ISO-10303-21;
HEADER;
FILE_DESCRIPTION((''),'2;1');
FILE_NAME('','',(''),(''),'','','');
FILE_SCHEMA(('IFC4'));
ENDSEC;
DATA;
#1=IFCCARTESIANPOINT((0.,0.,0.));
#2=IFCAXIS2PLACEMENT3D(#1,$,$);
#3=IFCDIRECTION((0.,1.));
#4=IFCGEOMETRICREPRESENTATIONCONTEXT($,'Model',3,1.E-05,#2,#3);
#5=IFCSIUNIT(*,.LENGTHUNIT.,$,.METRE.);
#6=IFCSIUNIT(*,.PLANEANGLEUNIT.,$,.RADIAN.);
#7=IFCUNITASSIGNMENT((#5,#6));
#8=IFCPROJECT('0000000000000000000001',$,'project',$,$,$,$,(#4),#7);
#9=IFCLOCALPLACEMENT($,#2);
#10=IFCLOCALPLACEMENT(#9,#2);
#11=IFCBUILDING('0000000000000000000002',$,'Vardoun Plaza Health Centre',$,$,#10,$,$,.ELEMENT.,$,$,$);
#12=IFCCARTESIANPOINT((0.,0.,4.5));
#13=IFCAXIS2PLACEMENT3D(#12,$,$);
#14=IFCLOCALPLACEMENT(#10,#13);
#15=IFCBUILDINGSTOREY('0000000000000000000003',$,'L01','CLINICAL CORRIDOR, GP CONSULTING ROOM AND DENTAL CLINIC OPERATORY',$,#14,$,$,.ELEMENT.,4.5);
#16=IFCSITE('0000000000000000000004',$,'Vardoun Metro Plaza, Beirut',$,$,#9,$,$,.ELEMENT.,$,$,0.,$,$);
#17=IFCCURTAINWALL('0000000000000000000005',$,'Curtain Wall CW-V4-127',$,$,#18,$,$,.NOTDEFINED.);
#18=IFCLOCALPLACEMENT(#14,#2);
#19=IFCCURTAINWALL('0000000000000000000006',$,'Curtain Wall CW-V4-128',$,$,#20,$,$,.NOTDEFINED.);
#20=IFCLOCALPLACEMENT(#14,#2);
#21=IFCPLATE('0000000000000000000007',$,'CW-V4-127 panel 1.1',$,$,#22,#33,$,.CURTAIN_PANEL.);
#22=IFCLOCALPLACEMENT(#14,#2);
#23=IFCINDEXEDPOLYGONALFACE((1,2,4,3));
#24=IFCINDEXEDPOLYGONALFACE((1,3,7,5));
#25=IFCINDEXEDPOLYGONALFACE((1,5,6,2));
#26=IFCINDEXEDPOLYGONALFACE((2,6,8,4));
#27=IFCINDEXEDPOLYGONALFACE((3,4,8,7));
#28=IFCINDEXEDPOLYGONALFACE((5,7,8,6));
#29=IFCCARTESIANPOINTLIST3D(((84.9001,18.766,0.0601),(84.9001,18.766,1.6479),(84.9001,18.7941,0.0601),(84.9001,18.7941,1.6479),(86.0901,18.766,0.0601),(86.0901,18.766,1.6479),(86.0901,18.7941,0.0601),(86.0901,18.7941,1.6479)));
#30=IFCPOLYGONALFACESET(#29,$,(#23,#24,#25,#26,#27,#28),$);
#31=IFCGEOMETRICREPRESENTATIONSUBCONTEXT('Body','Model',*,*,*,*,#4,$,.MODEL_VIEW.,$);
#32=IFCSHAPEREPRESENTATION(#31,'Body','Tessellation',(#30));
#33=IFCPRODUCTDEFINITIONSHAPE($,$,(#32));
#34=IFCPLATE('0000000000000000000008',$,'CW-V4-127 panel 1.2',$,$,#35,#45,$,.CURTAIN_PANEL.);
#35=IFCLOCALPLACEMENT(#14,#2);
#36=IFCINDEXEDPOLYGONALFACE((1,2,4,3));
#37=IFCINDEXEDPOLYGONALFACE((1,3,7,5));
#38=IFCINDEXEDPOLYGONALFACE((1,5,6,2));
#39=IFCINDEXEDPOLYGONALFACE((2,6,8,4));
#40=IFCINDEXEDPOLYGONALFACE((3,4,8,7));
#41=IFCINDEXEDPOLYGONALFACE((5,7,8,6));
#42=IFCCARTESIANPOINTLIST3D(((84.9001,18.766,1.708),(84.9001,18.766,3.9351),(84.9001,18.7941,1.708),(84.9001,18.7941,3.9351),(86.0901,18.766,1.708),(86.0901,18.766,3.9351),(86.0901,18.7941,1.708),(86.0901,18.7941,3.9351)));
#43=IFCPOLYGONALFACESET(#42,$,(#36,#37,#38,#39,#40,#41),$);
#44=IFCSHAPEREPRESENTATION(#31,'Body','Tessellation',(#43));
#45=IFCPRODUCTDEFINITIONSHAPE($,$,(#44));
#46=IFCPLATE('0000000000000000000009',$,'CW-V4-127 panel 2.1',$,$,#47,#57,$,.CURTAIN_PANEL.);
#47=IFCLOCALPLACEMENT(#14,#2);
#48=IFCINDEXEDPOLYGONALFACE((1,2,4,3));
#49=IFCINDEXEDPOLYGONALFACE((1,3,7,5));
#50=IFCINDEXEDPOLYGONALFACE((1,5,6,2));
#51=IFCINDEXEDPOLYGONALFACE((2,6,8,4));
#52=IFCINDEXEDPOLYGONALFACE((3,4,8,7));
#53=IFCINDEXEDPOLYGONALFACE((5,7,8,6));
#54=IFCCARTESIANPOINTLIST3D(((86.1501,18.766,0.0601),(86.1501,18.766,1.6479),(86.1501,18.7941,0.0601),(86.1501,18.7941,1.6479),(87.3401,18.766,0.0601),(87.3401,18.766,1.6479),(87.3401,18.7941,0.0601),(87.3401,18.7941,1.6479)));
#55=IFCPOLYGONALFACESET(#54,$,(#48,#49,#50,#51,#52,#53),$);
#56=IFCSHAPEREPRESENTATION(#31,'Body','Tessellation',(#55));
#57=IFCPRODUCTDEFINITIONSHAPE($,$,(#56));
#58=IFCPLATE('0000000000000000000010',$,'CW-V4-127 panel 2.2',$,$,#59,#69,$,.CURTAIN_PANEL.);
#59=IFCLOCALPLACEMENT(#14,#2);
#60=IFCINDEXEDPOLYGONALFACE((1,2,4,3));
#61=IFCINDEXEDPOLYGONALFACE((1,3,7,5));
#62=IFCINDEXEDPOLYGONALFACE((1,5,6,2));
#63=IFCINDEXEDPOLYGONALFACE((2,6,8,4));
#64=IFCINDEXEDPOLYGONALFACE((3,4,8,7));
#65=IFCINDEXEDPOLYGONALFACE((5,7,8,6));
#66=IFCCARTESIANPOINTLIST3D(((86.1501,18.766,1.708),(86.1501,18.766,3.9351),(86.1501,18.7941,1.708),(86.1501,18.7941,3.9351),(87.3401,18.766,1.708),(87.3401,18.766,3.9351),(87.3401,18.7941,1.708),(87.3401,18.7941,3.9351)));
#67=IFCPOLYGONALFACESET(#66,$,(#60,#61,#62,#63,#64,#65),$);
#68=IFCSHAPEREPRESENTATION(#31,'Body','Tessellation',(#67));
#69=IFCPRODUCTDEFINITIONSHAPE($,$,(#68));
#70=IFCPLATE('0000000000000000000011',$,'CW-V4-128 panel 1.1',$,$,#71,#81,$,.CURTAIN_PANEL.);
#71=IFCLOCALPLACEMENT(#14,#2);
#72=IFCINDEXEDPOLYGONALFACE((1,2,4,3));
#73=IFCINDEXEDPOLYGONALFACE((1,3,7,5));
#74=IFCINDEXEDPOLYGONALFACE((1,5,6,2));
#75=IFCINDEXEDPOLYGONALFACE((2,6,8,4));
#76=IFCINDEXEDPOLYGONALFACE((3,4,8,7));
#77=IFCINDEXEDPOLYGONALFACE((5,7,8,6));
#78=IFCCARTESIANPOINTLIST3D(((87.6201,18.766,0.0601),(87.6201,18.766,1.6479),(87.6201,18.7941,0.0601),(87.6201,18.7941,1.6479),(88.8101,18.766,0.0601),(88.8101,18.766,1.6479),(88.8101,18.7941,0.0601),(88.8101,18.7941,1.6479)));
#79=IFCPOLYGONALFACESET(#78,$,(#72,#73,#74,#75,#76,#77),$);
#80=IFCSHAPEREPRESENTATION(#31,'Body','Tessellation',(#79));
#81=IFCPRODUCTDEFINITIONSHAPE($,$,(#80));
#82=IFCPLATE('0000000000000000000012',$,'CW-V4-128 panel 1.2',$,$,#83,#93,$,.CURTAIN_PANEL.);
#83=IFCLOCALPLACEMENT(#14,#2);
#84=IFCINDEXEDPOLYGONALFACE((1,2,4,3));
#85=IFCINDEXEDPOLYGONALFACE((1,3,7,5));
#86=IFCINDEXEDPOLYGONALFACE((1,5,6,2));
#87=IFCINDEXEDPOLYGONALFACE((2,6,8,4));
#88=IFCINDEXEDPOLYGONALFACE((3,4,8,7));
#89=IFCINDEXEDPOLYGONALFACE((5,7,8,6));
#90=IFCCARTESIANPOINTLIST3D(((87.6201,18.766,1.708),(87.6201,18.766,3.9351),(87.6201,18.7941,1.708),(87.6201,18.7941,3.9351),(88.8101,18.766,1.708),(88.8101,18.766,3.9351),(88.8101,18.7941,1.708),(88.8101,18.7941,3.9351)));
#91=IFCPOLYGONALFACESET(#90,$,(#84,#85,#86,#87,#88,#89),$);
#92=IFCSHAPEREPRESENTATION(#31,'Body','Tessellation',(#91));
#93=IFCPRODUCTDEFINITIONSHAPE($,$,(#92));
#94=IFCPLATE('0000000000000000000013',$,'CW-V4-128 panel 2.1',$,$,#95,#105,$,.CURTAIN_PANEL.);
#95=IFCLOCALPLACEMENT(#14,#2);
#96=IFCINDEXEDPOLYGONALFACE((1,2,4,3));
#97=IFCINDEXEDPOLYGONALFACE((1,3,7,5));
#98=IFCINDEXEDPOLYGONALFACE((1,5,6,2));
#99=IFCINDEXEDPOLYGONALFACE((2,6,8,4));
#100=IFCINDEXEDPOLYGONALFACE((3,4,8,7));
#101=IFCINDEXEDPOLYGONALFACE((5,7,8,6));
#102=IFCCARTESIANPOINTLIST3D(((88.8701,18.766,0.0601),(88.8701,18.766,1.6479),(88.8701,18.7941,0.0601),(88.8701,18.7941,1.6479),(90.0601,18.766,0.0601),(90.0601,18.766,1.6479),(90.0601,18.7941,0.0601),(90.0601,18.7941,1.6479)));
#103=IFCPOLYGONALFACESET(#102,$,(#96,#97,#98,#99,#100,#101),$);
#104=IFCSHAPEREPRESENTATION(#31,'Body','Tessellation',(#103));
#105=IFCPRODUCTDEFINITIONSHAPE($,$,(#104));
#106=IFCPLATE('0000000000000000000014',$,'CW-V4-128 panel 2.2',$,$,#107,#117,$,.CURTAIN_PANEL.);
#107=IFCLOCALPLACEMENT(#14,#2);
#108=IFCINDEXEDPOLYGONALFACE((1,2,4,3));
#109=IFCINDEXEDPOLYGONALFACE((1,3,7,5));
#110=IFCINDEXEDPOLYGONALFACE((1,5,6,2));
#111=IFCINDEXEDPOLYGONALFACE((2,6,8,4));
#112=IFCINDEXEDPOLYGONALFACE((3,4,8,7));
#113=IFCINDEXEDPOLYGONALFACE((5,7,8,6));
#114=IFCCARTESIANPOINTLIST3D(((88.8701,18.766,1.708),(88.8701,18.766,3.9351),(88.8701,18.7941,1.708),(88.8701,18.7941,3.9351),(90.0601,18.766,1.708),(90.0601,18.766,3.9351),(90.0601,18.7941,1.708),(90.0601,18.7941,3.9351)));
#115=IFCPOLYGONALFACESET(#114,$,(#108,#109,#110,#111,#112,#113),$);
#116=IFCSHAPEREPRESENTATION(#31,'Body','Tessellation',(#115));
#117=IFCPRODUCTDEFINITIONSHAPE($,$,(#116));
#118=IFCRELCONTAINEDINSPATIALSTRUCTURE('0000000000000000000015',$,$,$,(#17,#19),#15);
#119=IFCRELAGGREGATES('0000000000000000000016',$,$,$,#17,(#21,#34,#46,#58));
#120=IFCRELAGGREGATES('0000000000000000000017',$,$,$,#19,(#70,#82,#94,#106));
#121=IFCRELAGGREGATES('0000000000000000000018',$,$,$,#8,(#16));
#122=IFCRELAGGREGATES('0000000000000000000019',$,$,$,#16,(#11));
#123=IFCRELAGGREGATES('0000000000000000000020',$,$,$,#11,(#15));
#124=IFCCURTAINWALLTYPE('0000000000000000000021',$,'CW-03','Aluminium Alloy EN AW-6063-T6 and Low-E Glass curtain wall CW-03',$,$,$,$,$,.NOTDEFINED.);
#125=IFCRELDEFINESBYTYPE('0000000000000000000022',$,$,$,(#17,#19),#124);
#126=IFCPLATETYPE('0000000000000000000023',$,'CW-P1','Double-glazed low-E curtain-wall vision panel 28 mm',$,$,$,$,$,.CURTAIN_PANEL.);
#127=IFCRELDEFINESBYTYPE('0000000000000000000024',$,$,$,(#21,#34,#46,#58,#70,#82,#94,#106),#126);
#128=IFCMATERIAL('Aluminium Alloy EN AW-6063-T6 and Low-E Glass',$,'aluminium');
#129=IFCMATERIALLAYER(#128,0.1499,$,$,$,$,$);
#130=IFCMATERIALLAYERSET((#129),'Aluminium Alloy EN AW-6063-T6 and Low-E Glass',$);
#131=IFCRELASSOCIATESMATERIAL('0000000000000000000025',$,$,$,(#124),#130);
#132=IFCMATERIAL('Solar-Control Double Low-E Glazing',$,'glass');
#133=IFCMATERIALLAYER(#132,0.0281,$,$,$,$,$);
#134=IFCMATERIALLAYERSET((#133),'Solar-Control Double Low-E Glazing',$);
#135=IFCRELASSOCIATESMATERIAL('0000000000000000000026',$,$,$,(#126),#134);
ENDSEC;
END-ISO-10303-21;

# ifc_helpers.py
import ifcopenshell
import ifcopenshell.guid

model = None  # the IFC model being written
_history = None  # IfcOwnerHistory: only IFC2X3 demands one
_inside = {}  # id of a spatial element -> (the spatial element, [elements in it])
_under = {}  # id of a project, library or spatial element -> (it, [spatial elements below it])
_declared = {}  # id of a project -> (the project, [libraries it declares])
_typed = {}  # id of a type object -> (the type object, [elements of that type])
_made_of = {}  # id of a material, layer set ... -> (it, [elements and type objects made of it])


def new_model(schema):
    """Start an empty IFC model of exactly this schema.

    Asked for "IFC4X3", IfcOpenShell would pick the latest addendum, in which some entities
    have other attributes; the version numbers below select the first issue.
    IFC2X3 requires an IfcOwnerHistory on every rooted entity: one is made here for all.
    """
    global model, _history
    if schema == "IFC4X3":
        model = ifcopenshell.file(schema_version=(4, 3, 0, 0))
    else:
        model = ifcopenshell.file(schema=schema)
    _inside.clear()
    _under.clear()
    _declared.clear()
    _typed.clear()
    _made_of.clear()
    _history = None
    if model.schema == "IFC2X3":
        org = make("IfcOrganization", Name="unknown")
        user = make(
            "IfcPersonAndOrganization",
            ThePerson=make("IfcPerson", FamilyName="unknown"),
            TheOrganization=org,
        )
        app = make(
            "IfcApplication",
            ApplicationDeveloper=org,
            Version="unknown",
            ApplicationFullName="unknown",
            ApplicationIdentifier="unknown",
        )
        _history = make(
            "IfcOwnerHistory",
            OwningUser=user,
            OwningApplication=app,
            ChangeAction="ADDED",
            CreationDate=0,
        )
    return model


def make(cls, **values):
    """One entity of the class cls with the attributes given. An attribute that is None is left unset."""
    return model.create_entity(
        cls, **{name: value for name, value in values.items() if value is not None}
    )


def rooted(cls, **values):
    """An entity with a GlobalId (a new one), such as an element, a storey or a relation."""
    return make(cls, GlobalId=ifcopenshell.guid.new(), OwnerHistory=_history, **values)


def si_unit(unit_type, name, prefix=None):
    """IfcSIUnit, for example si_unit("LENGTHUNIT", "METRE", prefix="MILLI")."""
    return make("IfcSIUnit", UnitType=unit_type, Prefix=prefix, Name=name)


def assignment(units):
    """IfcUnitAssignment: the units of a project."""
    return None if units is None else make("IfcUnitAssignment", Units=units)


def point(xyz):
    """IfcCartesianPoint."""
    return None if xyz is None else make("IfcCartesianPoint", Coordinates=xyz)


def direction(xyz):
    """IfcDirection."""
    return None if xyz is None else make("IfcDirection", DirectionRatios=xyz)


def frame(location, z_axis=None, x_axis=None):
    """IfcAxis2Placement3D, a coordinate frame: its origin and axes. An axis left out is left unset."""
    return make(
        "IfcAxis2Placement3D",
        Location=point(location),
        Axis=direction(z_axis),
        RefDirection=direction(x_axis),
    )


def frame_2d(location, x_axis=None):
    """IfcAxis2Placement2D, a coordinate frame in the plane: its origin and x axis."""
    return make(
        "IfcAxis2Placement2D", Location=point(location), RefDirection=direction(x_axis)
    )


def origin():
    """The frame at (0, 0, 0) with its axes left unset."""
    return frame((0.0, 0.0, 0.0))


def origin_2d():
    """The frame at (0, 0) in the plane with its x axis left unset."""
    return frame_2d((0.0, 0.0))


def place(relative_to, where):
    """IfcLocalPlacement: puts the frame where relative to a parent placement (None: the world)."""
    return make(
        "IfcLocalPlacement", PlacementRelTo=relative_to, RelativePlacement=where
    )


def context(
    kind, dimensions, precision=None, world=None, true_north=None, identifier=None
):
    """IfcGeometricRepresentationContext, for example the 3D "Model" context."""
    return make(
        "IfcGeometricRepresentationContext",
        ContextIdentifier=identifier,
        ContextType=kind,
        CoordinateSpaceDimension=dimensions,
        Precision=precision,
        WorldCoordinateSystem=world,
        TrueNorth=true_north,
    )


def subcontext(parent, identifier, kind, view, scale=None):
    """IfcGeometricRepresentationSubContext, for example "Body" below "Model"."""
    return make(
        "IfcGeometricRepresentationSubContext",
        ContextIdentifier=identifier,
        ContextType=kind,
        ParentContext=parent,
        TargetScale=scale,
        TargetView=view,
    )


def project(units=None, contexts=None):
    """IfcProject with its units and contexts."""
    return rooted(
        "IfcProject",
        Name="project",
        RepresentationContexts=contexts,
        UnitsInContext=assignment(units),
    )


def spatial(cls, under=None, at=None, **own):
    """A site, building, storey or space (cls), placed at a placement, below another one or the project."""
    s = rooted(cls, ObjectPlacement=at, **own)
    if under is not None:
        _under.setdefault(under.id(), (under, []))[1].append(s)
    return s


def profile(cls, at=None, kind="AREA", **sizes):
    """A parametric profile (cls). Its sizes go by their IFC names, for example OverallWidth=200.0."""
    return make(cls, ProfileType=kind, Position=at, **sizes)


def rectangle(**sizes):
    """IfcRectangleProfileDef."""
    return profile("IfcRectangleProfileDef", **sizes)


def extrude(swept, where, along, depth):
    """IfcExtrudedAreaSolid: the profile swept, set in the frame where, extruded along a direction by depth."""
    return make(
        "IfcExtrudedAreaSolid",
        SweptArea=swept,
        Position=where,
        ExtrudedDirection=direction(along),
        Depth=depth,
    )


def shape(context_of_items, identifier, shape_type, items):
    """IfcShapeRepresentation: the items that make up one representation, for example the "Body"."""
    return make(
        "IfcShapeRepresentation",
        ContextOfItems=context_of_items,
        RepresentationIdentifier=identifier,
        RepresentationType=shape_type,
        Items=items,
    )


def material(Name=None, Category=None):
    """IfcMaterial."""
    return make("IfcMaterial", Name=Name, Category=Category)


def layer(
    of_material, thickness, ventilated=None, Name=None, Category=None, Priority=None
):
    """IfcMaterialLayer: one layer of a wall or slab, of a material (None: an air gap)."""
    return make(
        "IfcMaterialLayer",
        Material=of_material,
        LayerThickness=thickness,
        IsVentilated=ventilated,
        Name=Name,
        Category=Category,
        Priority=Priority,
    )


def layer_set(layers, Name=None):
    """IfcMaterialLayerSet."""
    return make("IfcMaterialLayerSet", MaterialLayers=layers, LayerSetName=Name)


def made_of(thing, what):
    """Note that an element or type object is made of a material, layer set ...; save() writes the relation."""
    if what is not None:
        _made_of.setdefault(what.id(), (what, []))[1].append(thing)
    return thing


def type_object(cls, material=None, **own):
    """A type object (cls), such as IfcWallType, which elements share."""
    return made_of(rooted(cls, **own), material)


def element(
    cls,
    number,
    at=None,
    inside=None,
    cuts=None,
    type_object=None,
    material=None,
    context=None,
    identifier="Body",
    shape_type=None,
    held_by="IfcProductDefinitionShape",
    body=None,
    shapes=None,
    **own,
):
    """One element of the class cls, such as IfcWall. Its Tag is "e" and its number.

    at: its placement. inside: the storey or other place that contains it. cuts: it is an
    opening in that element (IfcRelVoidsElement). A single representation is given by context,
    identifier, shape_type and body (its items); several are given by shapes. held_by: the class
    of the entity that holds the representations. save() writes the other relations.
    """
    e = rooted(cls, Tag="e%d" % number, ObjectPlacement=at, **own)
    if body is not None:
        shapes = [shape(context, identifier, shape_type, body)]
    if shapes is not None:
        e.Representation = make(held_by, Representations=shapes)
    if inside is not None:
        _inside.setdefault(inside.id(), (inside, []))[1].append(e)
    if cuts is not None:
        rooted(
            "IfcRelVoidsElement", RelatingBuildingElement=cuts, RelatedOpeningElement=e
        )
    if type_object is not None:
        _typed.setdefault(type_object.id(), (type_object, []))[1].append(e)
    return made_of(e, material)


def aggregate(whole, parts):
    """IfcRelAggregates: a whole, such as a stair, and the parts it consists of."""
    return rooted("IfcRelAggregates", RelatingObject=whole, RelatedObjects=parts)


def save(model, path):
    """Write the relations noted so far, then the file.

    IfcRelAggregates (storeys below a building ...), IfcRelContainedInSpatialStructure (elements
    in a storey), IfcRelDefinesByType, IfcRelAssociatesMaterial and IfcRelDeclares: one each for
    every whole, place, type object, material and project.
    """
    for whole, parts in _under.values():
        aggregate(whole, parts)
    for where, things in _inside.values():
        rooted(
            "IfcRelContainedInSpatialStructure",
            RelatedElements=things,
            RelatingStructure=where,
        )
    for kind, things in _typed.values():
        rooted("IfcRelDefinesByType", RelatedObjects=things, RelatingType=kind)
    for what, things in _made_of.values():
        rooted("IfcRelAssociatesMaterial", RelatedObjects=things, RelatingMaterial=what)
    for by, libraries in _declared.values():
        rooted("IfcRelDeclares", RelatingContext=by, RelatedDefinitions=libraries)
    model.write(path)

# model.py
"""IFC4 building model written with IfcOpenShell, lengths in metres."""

from ifc_helpers import new_model, si_unit, direction, frame, origin, origin_2d, place, context, subcontext, project, spatial, rectangle, extrude, material, layer, layer_set, type_object, element, aggregate, save


model = new_model("IFC4")

# Units and contexts
model_context = context("Model", 3, precision=1e-05, world=origin(), true_north=direction((0.0, 1.0)))
body_context = subcontext(model_context, "Body", "Model", "MODEL_VIEW")
ifc_project = project(units=[si_unit("LENGTHUNIT", "METRE"), si_unit("PLANEANGLEUNIT", "RADIAN")], contexts=[model_context])

# Site, building, storey
site_placement = place(None, origin())
site = spatial("IfcSite", under=ifc_project, at=site_placement, Name="Vardoun Metro Plaza, Beirut", CompositionType="ELEMENT", RefElevation=0.0)
building_placement = place(site_placement, origin())
building = spatial("IfcBuilding", under=site, at=building_placement, Name="Vardoun Plaza Health Centre", CompositionType="ELEMENT")
storey_placement = place(building_placement, frame((0.0, 0.0, 4.5)))
storey = spatial("IfcBuildingStorey", under=building, at=storey_placement, Name="L01", Description="CLINICAL CORRIDOR, GP CONSULTING ROOM AND DENTAL CLINIC OPERATORY", CompositionType="ELEMENT", Elevation=4.5)

# Curtain walls
ifc_material_1 = material(Name="Aluminium Alloy EN AW-6063-T6 and Low-E Glass", Category="aluminium")
ifc_layer_1 = layer(ifc_material_1, 0.1499)
ifc_layer_set_1 = layer_set([ifc_layer_1], Name="Aluminium Alloy EN AW-6063-T6 and Low-E Glass")
curtain_wall_type = type_object("IfcCurtainWallType", Name="CW-03", Description="Aluminium Alloy EN AW-6063-T6 and Low-E Glass curtain wall CW-03", PredefinedType="NOTDEFINED", material=ifc_layer_set_1)
curtain_wall_1_placement = place(storey_placement, origin())
curtain_wall_1 = element("IfcCurtainWall", 1, at=curtain_wall_1_placement, inside=storey, type_object=curtain_wall_type, Name="Curtain Wall CW-V4-127", PredefinedType="NOTDEFINED")
curtain_wall_2_placement = place(storey_placement, origin())
curtain_wall_2 = element("IfcCurtainWall", 2, at=curtain_wall_2_placement, inside=storey, type_object=curtain_wall_type, Name="Curtain Wall CW-V4-128", PredefinedType="NOTDEFINED")

# Plates
ifc_material_2 = material(Name="Solar-Control Double Low-E Glazing", Category="glass")
ifc_layer_2 = layer(ifc_material_2, 0.0281)
ifc_layer_set_2 = layer_set([ifc_layer_2], Name="Solar-Control Double Low-E Glazing")
plate_type = type_object("IfcPlateType", Name="CW-P1", Description="Double-glazed low-E curtain-wall vision panel 28 mm", PredefinedType="CURTAIN_PANEL", material=ifc_layer_set_2)
plate_1_placement = place(storey_placement, frame((85.4951, 18.78, 0.0601), z_axis=(0.0, 0.0, 1.0), x_axis=(1.0, 0.0, 0.0)))
plate_1 = element("IfcPlate", 3, at=plate_1_placement, type_object=plate_type, Name="CW-V4-127 panel 1.1", PredefinedType="CURTAIN_PANEL", context=body_context, shape_type="SweptSolid", body=[
    extrude(rectangle(XDim=1.1899, YDim=0.0281, at=origin_2d()), origin(), (0.0, 0.0, 1.0), 1.5879),
])
plate_2_placement = place(storey_placement, frame((85.4951, 18.78, 1.708), z_axis=(0.0, 0.0, 1.0), x_axis=(1.0, 0.0, 0.0)))
plate_2 = element("IfcPlate", 4, at=plate_2_placement, type_object=plate_type, Name="CW-V4-127 panel 1.2", PredefinedType="CURTAIN_PANEL", context=body_context, shape_type="SweptSolid", body=[
    extrude(rectangle(XDim=1.1899, YDim=0.0281, at=origin_2d()), origin(), (0.0, 0.0, 1.0), 2.2271),
])
plate_3_placement = place(storey_placement, frame((86.7451, 18.78, 0.0601), z_axis=(0.0, 0.0, 1.0), x_axis=(1.0, 0.0, 0.0)))
plate_3 = element("IfcPlate", 5, at=plate_3_placement, type_object=plate_type, Name="CW-V4-127 panel 2.1", PredefinedType="CURTAIN_PANEL", context=body_context, shape_type="SweptSolid", body=[
    extrude(rectangle(XDim=1.1899, YDim=0.0281, at=origin_2d()), origin(), (0.0, 0.0, 1.0), 1.5879),
])
plate_4_placement = place(storey_placement, frame((86.7451, 18.78, 1.708), z_axis=(0.0, 0.0, 1.0), x_axis=(1.0, 0.0, 0.0)))
plate_4 = element("IfcPlate", 6, at=plate_4_placement, type_object=plate_type, Name="CW-V4-127 panel 2.2", PredefinedType="CURTAIN_PANEL", context=body_context, shape_type="SweptSolid", body=[
    extrude(rectangle(XDim=1.1899, YDim=0.0281, at=origin_2d()), origin(), (0.0, 0.0, 1.0), 2.2271),
])
aggregate(curtain_wall_1, [plate_1, plate_2, plate_3, plate_4])
plate_5_placement = place(storey_placement, frame((88.2151, 18.78, 0.0601), z_axis=(0.0, 0.0, 1.0), x_axis=(1.0, 0.0, 0.0)))
plate_5 = element("IfcPlate", 7, at=plate_5_placement, type_object=plate_type, Name="CW-V4-128 panel 1.1", PredefinedType="CURTAIN_PANEL", context=body_context, shape_type="SweptSolid", body=[
    extrude(rectangle(XDim=1.1899, YDim=0.0281, at=origin_2d()), origin(), (0.0, 0.0, 1.0), 1.5879),
])
plate_6_placement = place(storey_placement, frame((88.2151, 18.78, 1.708), z_axis=(0.0, 0.0, 1.0), x_axis=(1.0, 0.0, 0.0)))
plate_6 = element("IfcPlate", 8, at=plate_6_placement, type_object=plate_type, Name="CW-V4-128 panel 1.2", PredefinedType="CURTAIN_PANEL", context=body_context, shape_type="SweptSolid", body=[
    extrude(rectangle(XDim=1.1899, YDim=0.0281, at=origin_2d()), origin(), (0.0, 0.0, 1.0), 2.2271),
])
plate_7_placement = place(storey_placement, frame((89.4651, 18.78, 0.0601), z_axis=(0.0, 0.0, 1.0), x_axis=(1.0, 0.0, 0.0)))
plate_7 = element("IfcPlate", 9, at=plate_7_placement, type_object=plate_type, Name="CW-V4-128 panel 2.1", PredefinedType="CURTAIN_PANEL", context=body_context, shape_type="SweptSolid", body=[
    extrude(rectangle(XDim=1.1899, YDim=0.0281, at=origin_2d()), origin(), (0.0, 0.0, 1.0), 1.5879),
])
plate_8_placement = place(storey_placement, frame((89.4651, 18.78, 1.708), z_axis=(0.0, 0.0, 1.0), x_axis=(1.0, 0.0, 0.0)))
plate_8 = element("IfcPlate", 10, at=plate_8_placement, type_object=plate_type, Name="CW-V4-128 panel 2.2", PredefinedType="CURTAIN_PANEL", context=body_context, shape_type="SweptSolid", body=[
    extrude(rectangle(XDim=1.1899, YDim=0.0281, at=origin_2d()), origin(), (0.0, 0.0, 1.0), 2.2271),
])
aggregate(curtain_wall_2, [plate_5, plate_6, plate_7, plate_8])

save(model, "model.ifc")
